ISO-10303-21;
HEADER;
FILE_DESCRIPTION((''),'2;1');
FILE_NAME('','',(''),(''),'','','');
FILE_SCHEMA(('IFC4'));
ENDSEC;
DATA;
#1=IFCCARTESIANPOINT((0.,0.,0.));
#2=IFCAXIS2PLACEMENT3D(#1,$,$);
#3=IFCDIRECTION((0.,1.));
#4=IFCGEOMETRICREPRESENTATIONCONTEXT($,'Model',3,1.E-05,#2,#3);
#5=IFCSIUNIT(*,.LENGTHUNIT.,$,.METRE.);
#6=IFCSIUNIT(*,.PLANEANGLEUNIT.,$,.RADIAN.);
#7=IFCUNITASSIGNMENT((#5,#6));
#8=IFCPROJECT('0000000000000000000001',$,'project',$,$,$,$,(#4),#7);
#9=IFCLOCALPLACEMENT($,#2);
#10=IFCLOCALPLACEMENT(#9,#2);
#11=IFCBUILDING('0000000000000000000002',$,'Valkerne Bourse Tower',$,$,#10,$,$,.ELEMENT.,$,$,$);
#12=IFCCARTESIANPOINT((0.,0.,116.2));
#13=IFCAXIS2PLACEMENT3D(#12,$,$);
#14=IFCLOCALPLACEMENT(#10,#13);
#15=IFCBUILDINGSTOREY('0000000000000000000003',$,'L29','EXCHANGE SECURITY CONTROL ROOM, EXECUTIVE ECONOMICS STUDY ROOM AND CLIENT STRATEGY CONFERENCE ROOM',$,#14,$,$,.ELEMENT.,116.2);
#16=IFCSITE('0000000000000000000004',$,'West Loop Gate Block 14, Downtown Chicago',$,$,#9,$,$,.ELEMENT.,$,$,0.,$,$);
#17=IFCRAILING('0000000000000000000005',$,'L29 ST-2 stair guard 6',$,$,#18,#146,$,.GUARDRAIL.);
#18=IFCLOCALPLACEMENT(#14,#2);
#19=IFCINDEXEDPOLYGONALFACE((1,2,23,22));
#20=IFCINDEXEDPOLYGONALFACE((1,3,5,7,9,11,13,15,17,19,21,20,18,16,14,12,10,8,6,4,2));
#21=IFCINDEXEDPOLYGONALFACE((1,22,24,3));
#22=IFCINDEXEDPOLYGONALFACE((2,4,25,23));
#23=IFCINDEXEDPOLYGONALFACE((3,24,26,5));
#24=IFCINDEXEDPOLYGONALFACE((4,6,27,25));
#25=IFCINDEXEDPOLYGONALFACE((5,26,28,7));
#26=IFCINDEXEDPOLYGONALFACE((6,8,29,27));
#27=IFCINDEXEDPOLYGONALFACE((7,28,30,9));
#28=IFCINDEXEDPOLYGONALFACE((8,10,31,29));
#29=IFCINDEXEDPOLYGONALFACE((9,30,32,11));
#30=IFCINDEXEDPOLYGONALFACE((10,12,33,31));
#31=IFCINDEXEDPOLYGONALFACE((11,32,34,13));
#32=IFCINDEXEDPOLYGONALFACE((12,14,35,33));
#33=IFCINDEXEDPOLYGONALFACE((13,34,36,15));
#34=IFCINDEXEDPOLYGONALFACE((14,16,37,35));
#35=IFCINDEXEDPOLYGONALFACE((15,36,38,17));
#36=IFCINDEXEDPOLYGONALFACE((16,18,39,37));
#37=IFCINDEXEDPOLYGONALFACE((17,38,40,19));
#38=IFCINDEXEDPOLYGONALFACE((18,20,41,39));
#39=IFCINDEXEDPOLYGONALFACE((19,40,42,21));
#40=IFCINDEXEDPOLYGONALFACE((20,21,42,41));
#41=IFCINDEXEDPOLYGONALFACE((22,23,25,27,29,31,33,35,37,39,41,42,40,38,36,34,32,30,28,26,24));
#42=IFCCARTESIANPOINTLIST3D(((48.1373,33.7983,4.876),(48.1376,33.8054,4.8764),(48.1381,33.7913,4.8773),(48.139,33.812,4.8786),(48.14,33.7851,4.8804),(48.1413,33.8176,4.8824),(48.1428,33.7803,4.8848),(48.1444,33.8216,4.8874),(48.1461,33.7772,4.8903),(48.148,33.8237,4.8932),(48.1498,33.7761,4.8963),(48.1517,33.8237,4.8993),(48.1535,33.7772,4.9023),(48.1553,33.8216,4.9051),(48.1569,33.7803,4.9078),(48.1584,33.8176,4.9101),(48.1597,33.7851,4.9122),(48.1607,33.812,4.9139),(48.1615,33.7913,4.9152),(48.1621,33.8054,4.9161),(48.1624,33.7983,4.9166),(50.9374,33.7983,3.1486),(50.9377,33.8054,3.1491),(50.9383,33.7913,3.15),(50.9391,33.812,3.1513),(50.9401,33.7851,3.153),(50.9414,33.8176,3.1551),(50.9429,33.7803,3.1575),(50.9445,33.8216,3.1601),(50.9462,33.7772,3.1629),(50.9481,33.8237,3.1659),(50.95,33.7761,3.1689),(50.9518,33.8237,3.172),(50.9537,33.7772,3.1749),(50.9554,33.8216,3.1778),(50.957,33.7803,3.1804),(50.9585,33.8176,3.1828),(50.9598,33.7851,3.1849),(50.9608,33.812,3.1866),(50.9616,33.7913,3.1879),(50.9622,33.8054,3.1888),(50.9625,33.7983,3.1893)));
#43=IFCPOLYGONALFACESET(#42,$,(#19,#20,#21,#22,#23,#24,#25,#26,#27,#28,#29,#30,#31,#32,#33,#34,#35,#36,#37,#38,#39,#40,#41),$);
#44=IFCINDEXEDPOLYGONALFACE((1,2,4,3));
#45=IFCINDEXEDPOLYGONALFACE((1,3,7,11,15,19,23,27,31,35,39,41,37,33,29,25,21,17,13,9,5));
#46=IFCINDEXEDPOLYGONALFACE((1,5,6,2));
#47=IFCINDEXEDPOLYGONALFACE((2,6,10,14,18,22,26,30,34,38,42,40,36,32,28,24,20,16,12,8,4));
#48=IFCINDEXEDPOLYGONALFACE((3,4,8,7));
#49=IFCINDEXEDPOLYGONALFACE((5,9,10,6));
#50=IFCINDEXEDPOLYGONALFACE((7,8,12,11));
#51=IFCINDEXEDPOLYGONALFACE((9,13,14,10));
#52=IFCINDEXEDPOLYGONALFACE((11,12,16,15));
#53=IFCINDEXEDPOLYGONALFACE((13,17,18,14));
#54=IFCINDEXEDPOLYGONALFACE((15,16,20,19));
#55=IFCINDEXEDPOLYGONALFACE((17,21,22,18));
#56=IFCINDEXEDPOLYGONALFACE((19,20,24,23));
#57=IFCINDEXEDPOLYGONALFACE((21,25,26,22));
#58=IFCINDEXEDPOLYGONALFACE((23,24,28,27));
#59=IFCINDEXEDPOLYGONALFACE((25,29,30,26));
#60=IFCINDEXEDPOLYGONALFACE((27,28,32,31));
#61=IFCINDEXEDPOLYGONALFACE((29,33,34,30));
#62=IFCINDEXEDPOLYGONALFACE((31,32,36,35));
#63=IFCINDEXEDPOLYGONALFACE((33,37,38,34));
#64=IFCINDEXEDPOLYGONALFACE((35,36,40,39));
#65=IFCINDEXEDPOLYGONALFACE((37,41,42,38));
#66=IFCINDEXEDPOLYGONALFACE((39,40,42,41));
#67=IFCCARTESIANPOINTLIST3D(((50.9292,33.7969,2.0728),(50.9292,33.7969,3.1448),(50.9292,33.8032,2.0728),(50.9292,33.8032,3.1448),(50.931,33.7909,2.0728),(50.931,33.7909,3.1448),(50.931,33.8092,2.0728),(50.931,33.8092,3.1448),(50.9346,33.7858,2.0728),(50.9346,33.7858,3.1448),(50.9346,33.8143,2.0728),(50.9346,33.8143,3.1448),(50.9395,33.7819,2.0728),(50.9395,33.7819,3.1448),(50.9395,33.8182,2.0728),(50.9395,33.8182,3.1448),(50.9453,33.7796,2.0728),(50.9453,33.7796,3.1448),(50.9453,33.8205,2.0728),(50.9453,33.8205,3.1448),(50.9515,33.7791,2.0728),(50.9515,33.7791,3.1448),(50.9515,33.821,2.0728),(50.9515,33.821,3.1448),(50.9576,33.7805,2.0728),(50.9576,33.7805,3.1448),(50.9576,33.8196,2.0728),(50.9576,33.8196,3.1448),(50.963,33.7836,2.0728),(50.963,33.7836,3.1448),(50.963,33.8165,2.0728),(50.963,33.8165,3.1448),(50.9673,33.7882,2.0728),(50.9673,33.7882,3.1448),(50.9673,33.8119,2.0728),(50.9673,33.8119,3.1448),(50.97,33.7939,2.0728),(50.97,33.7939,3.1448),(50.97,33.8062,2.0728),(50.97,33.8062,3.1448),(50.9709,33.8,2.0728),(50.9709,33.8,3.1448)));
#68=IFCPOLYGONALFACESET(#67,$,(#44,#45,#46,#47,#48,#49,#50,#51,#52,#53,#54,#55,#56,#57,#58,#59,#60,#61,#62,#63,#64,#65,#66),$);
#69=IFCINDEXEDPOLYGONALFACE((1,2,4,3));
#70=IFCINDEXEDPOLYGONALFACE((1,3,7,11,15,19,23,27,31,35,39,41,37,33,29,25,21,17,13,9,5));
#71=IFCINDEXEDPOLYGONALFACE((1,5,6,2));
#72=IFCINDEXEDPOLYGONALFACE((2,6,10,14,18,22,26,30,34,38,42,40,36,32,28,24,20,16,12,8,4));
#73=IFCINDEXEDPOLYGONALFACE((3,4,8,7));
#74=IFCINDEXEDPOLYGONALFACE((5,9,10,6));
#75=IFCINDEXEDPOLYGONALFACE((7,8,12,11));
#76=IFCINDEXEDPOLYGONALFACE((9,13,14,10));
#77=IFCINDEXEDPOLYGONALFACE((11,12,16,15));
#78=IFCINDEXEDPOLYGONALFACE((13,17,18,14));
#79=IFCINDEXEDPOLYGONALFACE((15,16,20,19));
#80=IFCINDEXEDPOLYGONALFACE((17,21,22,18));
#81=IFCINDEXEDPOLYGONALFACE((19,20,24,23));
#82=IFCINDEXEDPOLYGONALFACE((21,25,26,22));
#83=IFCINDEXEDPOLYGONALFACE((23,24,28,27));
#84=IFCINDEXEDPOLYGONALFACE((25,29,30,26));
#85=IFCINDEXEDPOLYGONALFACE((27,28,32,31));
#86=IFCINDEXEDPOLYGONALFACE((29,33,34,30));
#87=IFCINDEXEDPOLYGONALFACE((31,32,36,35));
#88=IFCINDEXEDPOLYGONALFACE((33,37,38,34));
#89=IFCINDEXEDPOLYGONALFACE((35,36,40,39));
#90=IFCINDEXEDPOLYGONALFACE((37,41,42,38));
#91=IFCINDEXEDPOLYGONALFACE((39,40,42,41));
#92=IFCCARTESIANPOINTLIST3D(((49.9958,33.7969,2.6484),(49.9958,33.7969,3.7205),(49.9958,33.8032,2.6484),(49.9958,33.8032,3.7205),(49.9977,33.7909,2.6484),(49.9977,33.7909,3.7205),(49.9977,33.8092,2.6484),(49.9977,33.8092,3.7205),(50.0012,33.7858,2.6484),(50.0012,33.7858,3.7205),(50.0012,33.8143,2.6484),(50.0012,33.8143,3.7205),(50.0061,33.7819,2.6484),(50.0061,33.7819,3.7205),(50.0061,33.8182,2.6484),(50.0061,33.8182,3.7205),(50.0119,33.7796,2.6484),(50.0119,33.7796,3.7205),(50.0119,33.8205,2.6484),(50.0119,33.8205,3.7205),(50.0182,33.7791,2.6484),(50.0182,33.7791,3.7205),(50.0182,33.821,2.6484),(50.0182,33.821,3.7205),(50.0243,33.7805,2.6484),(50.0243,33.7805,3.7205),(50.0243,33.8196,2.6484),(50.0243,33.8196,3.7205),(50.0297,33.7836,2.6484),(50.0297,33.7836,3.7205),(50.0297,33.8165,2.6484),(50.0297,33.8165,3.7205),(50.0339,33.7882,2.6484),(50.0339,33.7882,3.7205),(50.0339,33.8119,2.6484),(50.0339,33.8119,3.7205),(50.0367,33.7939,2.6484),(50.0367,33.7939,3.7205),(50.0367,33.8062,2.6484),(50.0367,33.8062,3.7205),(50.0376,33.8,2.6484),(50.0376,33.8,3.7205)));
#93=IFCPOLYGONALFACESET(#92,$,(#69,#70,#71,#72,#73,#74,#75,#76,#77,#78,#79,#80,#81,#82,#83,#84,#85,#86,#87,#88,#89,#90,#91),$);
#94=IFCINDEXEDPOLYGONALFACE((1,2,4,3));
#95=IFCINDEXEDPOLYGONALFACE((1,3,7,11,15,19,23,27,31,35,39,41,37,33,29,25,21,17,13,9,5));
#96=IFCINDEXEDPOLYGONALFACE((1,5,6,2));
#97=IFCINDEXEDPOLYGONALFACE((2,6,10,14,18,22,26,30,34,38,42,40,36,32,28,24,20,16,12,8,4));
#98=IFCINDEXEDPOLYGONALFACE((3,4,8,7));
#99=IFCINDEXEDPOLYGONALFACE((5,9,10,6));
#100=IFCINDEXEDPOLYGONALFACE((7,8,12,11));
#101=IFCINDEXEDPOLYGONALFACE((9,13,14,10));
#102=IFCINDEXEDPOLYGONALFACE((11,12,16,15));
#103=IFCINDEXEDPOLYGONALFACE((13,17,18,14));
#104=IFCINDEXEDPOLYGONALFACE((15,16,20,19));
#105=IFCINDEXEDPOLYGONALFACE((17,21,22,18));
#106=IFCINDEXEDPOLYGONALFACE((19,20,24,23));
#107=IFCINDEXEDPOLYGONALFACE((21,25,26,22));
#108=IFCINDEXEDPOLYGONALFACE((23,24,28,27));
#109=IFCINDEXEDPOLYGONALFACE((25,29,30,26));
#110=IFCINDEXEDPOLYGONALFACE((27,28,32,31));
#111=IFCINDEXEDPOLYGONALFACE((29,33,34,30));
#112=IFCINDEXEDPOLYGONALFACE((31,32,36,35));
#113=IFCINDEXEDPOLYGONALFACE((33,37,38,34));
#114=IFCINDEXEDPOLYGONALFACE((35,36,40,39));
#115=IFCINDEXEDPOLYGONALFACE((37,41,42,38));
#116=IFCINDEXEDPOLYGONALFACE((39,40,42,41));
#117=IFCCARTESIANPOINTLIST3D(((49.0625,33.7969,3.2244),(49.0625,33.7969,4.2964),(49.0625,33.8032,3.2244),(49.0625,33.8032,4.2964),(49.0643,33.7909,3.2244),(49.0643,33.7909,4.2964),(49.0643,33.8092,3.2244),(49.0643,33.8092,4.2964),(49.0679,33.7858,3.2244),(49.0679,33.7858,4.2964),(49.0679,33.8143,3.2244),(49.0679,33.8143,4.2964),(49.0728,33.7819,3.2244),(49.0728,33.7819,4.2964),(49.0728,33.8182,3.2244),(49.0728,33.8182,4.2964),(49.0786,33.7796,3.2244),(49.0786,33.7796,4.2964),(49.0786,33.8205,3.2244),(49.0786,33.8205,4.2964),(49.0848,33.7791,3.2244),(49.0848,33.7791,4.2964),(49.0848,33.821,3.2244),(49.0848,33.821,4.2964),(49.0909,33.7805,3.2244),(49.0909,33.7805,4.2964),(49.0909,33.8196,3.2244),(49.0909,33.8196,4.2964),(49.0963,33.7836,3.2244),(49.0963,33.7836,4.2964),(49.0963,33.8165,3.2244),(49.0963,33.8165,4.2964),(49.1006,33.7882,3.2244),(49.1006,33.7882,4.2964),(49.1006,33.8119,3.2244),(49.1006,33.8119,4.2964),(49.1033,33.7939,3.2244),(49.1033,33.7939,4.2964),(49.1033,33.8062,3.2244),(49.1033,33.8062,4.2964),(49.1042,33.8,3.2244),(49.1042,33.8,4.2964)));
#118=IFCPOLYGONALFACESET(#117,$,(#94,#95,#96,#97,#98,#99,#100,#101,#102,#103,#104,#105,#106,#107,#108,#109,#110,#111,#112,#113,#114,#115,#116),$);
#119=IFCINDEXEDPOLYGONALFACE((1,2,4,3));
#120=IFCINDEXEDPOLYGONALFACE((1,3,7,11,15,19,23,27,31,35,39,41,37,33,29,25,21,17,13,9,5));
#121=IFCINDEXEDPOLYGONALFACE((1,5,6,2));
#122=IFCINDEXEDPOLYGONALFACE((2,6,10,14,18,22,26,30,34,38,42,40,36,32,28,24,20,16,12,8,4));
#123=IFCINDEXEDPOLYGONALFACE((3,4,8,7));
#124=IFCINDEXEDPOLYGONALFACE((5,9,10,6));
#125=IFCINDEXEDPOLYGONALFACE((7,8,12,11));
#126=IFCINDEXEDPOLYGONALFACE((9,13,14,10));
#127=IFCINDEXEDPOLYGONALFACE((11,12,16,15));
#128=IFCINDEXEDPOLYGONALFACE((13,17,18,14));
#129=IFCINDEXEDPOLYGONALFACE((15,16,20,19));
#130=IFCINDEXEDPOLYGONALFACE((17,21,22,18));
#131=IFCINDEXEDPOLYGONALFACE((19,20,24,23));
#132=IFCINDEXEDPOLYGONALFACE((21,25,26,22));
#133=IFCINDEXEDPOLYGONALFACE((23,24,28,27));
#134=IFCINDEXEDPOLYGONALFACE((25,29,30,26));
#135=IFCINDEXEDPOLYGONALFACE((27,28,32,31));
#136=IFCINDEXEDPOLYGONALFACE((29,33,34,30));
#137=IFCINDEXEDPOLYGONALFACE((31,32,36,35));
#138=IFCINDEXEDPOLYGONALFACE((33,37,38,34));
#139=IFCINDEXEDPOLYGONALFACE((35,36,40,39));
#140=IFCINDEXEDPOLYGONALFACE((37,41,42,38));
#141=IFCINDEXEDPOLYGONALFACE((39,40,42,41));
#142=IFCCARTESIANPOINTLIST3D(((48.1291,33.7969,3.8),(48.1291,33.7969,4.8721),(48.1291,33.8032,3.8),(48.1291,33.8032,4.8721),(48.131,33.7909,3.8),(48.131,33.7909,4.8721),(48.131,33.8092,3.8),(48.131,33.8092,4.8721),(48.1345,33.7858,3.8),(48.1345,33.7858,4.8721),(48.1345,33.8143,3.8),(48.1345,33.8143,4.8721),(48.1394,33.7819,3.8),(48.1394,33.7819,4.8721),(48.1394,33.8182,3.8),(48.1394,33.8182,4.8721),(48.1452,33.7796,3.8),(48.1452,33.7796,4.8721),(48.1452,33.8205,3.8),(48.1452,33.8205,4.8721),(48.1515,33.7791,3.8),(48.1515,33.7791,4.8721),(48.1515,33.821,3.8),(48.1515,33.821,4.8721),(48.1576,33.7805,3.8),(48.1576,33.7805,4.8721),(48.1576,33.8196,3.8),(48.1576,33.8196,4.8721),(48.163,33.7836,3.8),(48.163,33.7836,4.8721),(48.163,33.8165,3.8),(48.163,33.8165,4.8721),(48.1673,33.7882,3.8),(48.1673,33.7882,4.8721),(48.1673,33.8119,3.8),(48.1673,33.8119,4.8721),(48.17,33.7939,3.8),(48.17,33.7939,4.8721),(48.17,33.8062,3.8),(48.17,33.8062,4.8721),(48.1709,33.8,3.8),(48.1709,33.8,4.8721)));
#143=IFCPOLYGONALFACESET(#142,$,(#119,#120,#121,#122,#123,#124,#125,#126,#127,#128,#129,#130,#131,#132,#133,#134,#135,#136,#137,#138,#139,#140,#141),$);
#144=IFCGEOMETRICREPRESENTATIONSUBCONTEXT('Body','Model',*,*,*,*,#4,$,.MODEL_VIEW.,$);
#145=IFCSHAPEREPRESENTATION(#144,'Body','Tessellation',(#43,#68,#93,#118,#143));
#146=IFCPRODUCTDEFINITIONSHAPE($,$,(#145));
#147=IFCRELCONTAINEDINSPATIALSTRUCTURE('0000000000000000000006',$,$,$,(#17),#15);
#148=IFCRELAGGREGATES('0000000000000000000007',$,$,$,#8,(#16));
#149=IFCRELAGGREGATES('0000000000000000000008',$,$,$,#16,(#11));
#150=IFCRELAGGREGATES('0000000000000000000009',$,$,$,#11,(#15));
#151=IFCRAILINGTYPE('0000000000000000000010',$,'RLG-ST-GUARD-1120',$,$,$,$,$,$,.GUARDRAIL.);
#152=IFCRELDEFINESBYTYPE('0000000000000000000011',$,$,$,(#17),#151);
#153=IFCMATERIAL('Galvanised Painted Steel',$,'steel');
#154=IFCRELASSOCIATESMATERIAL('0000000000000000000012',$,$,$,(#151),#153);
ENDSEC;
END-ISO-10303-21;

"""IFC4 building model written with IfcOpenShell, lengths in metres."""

from ifc_helpers import new_model, si_unit, direction, frame, origin, origin_2d, place, context, subcontext, project, spatial, circle, extrude, material, type_object, element, save


model = new_model("IFC4")

# Units and contexts
model_context = context("Model", 3, precision=1e-05, world=origin(), true_north=direction((0.0, 1.0)))
body_context = subcontext(model_context, "Body", "Model", "MODEL_VIEW")
ifc_project = project(units=[si_unit("LENGTHUNIT", "METRE"), si_unit("PLANEANGLEUNIT", "RADIAN")], contexts=[model_context])

# Site, building, storey
site_placement = place(None, origin())
site = spatial("IfcSite", under=ifc_project, at=site_placement, Name="West Loop Gate Block 14, Downtown Chicago", CompositionType="ELEMENT", RefElevation=0.0)
building_placement = place(site_placement, origin())
building = spatial("IfcBuilding", under=site, at=building_placement, Name="Valkerne Bourse Tower", CompositionType="ELEMENT")
storey_placement = place(building_placement, frame((0.0, 0.0, 116.2)))
storey = spatial("IfcBuildingStorey", under=building, at=storey_placement, Name="L29", Description="EXCHANGE SECURITY CONTROL ROOM, EXECUTIVE ECONOMICS STUDY ROOM AND CLIENT STRATEGY CONFERENCE ROOM", CompositionType="ELEMENT", Elevation=116.2)

# Railing
ifc_material_1 = material(Name="Galvanised Painted Steel", Category="steel")
railing_type_1 = type_object("IfcRailingType", Name="RLG-ST-GUARD-1120", PredefinedType="GUARDRAIL", material=ifc_material_1)
railing_1_placement = place(storey_placement, frame((50.95, 33.8, 2.0728)))
element("IfcRailing", 1, at=railing_1_placement, inside=storey, type_object=railing_type_1, Name="L29 ST-2 stair guard 6", PredefinedType="GUARDRAIL", context=body_context, shape_type="SweptSolid", body=[
    extrude(circle(Radius=0.0239, at=origin_2d()), frame((0.0, 0.0, 1.0962), z_axis=(-0.85109, 0.0, 0.52502), x_axis=(0.0, -1.0, 0.0)), (0.0, 0.0, 1.0), 3.29),
    extrude(circle(Radius=0.021, at=origin_2d()), origin(), (0.0, 0.0, 1.0), 1.072),
    extrude(circle(Radius=0.021, at=origin_2d()), frame((-0.9333, 0.0, 0.5757)), (0.0, 0.0, 1.0), 1.072),
    extrude(circle(Radius=0.021, at=origin_2d()), frame((-1.8667, 0.0, 1.1516)), (0.0, 0.0, 1.0), 1.072),
    extrude(circle(Radius=0.021, at=origin_2d()), frame((-2.8, 0.0, 1.7273)), (0.0, 0.0, 1.0), 1.072),
])

save(model, "model.ifc")
